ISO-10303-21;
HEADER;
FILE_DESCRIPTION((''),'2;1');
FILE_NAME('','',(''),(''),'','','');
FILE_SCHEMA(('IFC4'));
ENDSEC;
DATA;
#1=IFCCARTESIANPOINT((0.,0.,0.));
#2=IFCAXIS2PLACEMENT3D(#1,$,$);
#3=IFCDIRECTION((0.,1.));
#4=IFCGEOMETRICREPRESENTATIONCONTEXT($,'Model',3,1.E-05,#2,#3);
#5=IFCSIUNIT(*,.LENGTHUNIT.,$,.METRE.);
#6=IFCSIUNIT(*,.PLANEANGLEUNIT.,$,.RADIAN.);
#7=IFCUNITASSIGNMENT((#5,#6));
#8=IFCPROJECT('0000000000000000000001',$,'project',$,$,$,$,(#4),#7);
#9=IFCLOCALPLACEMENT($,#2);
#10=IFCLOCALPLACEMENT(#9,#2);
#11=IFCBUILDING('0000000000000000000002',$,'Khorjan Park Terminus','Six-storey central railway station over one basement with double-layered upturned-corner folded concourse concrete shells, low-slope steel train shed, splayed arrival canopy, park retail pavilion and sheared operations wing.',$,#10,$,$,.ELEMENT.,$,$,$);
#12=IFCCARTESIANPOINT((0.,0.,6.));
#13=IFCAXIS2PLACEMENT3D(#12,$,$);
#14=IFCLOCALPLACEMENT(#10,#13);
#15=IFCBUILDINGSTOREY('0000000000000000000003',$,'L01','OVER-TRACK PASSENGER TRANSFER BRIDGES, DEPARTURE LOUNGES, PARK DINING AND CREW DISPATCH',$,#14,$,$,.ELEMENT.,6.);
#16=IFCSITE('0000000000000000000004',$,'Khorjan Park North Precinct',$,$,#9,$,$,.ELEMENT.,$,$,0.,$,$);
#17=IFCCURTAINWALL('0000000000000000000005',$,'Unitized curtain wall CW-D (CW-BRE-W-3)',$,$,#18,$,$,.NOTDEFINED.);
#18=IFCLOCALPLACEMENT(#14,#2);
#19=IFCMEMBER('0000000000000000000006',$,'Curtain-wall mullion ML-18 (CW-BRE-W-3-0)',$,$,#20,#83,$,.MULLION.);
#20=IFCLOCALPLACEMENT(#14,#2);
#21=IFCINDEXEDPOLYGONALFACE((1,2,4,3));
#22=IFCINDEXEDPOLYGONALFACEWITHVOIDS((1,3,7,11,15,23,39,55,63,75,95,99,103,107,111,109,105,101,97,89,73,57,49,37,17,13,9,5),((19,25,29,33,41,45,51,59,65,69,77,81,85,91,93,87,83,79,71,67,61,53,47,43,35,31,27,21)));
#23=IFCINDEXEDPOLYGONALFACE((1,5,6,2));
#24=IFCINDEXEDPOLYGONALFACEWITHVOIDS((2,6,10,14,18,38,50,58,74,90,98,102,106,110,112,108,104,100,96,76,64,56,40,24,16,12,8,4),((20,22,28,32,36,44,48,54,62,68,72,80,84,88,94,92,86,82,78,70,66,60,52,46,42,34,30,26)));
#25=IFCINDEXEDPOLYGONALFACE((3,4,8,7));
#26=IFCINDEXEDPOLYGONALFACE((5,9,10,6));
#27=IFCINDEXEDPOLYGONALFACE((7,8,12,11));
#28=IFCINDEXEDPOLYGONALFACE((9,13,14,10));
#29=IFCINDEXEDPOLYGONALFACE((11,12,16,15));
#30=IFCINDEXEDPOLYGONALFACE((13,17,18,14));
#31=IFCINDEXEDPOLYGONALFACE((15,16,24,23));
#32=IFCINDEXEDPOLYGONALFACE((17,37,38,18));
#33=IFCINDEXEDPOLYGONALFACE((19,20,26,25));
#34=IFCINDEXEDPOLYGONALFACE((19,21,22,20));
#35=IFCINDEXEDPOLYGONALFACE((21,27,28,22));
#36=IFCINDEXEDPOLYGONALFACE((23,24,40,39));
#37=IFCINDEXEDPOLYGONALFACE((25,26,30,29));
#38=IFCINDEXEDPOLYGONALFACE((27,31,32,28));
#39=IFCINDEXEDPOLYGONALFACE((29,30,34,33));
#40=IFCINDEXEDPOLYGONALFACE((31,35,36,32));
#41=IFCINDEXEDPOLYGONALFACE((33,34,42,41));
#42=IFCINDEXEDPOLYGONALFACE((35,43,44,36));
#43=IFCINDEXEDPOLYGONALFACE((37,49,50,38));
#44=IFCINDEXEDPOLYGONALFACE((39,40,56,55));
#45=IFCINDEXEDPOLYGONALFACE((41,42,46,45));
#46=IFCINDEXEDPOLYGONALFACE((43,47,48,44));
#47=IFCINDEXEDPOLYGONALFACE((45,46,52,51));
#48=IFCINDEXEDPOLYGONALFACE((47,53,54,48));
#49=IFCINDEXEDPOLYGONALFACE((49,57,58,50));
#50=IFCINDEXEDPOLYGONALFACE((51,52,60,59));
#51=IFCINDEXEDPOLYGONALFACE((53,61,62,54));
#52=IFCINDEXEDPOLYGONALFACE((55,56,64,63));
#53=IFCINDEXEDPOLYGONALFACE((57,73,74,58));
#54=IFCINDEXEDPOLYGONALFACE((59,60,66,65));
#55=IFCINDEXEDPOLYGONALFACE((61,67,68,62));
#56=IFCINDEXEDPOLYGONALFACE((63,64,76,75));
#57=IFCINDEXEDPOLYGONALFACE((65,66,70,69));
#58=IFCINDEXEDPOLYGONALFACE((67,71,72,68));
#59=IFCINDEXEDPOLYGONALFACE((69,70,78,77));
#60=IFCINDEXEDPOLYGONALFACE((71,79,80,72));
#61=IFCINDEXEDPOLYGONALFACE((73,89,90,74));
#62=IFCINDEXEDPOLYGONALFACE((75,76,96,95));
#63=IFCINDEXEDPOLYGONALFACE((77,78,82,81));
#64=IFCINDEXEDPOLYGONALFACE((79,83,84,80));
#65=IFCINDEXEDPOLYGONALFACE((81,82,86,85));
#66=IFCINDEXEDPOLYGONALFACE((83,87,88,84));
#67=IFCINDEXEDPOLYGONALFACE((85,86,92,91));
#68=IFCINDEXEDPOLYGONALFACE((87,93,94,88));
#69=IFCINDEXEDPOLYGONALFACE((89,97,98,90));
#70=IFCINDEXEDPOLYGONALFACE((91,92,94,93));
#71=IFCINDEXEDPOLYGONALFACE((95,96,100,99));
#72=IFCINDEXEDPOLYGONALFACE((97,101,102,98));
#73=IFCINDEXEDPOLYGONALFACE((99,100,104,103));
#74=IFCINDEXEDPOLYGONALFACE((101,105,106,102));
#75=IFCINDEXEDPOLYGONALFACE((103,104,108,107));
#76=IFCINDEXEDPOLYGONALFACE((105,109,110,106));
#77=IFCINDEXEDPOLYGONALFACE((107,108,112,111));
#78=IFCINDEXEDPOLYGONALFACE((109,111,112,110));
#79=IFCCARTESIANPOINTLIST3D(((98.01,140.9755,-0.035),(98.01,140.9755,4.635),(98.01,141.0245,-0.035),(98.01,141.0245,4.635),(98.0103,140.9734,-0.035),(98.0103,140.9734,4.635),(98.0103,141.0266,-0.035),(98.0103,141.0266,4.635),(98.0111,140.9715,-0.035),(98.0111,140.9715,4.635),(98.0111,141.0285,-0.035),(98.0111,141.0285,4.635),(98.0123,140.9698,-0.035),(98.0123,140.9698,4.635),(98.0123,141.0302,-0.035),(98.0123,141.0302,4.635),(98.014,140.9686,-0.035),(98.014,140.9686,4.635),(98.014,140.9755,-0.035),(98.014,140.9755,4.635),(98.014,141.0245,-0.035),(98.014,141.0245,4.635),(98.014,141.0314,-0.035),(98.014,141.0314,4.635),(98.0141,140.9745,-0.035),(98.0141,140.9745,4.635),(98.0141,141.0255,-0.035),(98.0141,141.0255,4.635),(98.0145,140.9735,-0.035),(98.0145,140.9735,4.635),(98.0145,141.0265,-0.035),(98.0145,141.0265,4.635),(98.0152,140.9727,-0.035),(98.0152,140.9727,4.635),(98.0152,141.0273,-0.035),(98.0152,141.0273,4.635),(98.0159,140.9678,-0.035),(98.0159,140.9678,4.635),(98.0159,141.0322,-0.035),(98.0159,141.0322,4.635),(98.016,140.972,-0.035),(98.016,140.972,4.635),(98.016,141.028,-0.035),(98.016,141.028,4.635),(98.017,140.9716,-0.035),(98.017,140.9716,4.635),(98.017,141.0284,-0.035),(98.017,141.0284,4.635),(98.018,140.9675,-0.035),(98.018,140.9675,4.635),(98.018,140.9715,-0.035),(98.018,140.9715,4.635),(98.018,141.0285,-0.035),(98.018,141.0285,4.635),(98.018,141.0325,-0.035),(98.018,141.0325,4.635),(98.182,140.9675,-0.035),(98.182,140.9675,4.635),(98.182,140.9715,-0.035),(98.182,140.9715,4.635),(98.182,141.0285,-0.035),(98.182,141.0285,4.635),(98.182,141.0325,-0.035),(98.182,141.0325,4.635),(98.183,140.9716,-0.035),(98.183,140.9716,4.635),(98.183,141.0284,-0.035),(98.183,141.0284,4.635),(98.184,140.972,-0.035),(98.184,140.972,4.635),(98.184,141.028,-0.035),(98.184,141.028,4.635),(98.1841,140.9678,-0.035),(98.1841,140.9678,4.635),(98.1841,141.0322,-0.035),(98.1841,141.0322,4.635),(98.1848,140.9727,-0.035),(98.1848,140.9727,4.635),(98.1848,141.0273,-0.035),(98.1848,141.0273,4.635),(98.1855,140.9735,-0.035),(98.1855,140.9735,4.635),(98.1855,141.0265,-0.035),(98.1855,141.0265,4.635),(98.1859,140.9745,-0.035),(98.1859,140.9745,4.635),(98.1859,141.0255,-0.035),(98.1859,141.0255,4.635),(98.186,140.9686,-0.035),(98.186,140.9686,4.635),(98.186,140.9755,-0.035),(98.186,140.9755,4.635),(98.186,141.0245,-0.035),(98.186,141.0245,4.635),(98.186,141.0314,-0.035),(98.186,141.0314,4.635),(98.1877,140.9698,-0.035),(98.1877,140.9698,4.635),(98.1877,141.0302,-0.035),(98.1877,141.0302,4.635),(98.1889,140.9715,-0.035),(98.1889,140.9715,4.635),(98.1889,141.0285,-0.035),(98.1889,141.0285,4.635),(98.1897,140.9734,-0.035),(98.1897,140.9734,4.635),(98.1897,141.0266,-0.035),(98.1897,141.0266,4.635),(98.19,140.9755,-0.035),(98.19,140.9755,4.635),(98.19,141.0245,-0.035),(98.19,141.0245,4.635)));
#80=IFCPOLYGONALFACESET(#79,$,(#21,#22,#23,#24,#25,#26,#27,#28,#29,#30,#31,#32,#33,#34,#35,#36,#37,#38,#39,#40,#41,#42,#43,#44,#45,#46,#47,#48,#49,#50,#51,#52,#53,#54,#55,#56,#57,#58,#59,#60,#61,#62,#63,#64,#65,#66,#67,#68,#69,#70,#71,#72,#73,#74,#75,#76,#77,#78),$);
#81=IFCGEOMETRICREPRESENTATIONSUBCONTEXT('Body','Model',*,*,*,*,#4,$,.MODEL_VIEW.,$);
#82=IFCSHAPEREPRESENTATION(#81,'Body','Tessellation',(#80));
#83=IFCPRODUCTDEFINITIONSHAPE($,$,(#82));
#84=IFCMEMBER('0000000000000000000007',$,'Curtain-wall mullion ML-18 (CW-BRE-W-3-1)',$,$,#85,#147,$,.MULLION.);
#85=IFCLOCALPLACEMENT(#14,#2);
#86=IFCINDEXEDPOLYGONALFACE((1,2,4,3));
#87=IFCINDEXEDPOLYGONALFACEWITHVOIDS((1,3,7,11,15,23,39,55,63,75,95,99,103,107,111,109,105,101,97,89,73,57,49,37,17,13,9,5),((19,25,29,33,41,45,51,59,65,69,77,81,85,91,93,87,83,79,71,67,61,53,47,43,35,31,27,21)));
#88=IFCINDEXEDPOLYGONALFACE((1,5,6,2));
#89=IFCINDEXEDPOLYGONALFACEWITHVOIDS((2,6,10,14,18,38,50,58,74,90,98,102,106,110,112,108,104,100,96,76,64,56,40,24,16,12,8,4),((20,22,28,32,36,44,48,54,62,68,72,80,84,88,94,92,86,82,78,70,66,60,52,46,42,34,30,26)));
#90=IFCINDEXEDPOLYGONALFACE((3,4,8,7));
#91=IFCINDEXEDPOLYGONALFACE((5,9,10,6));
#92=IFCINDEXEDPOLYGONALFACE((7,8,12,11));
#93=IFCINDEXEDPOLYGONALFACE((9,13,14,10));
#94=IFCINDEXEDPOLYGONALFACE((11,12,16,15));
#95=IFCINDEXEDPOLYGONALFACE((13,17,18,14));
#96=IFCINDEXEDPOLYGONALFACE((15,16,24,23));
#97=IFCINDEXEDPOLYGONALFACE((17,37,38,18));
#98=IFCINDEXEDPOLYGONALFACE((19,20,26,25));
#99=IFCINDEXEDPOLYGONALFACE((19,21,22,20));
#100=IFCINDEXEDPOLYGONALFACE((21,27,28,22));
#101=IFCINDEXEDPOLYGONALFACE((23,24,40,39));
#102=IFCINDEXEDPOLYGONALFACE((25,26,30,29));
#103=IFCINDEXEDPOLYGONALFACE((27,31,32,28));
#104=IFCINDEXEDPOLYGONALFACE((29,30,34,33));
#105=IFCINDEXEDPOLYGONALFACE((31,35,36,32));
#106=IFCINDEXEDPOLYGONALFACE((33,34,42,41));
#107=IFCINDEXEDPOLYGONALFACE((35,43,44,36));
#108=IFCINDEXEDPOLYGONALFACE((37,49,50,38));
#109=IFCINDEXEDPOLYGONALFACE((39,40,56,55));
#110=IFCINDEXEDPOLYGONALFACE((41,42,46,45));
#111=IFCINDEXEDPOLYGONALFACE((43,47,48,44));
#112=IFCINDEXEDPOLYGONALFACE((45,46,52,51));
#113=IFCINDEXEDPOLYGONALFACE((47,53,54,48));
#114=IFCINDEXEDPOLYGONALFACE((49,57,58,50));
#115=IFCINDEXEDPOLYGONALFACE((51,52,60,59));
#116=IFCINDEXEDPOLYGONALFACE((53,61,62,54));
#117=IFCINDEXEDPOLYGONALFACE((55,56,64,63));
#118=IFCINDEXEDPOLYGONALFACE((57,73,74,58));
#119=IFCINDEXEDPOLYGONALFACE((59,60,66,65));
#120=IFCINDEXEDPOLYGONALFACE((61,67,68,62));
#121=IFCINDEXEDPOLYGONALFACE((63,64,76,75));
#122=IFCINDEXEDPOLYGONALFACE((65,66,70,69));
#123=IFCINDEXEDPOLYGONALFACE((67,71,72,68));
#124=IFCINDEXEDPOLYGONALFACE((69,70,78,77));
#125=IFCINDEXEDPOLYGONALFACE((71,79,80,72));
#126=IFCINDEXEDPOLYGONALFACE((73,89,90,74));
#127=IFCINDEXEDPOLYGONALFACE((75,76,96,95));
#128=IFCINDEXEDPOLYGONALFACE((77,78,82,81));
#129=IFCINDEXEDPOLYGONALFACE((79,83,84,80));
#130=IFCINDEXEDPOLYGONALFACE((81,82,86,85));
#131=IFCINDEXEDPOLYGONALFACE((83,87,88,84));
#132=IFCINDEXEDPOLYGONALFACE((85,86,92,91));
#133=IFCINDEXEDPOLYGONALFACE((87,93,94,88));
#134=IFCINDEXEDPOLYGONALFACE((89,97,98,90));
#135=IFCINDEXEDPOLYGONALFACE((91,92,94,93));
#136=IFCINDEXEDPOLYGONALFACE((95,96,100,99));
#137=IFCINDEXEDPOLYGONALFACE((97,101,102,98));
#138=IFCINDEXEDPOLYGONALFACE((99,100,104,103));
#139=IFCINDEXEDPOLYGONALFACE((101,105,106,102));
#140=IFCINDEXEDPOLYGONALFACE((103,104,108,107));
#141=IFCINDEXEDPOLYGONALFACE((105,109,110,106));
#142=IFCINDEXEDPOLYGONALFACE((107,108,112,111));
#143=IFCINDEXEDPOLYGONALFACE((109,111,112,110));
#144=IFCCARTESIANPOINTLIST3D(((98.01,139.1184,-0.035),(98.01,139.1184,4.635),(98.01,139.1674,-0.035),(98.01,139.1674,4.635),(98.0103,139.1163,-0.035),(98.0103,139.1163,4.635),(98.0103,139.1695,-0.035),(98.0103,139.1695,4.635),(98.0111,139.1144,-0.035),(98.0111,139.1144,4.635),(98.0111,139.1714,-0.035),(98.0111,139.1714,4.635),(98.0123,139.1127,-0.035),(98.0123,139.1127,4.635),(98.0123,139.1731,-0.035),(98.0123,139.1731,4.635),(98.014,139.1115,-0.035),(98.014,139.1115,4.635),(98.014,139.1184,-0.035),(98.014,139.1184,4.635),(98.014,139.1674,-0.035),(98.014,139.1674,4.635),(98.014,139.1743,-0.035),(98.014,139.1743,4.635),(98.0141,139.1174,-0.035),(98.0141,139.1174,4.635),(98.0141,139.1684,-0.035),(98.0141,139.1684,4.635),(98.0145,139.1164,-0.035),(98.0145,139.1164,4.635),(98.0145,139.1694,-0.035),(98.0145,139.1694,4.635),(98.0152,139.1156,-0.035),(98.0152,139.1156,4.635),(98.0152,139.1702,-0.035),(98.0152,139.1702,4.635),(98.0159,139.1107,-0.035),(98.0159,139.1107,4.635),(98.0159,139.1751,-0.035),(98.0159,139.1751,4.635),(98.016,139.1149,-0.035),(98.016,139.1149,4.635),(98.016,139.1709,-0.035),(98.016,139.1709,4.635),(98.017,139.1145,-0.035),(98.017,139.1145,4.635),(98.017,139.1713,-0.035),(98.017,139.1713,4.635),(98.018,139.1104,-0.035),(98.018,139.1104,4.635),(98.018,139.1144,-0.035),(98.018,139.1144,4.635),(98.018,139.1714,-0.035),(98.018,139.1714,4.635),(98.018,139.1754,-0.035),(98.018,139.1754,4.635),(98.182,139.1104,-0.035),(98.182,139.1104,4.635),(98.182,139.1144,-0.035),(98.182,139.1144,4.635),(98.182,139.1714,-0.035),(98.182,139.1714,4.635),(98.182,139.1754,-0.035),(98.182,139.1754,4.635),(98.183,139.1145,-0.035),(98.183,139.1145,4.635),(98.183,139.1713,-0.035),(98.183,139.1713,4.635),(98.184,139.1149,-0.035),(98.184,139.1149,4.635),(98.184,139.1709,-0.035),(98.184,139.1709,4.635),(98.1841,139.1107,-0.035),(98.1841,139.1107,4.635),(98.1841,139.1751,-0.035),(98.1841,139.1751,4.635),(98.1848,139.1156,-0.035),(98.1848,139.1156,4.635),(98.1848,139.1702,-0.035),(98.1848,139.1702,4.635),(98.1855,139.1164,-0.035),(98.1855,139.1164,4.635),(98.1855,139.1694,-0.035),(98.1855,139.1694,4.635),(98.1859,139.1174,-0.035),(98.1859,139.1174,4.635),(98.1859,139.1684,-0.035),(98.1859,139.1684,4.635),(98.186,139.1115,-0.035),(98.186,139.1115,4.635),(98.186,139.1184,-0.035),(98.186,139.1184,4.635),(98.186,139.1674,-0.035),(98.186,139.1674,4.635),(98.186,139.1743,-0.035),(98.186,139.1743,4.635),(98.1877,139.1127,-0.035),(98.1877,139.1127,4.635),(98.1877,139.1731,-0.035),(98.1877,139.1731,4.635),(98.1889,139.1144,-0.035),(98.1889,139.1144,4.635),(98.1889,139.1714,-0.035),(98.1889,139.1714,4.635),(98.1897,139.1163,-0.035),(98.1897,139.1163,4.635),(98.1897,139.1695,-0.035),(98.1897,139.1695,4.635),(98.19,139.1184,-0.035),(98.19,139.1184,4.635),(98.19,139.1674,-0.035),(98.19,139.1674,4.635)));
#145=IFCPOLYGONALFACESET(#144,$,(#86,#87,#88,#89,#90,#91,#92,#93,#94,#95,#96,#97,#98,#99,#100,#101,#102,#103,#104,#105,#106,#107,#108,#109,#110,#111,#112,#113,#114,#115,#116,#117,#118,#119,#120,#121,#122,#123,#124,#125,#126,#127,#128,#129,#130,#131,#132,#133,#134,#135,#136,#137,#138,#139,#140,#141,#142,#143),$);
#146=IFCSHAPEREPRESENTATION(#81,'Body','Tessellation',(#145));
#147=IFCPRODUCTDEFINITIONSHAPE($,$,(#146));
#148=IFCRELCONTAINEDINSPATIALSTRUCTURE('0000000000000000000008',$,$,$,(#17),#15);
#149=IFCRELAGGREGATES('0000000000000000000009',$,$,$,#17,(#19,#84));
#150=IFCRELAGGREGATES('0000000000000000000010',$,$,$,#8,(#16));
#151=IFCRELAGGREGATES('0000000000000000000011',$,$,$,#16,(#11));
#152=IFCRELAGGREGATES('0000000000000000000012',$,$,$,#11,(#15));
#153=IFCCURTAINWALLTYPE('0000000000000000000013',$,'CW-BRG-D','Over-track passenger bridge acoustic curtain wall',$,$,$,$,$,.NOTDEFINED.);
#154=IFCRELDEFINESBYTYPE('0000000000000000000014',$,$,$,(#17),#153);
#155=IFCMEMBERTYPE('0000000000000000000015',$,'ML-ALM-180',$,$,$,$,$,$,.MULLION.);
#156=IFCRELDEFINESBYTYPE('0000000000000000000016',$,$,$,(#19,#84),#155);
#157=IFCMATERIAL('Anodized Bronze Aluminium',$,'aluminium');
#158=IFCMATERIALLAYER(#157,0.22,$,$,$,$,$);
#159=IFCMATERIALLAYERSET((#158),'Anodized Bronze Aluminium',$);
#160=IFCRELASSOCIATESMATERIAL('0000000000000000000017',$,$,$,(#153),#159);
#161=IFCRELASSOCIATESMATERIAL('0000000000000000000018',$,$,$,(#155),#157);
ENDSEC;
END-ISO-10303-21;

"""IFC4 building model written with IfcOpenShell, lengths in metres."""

from ifc_helpers import new_model, si_unit, direction, frame, origin, origin_2d, place, context, subcontext, project, spatial, hollow_rectangle, extrude, material, layer, layer_set, material_profile, profile_set, type_object, element, aggregate, save


model = new_model("IFC4")

# Units and contexts
model_context = context("Model", 3, precision=1e-05, world=origin(), true_north=direction((0.0, 1.0)))
body_context = subcontext(model_context, "Body", "Model", "MODEL_VIEW")
ifc_project = project(units=[si_unit("LENGTHUNIT", "METRE"), si_unit("PLANEANGLEUNIT", "RADIAN")], contexts=[model_context])

# Site, building, storey
site_placement = place(None, origin())
site = spatial("IfcSite", under=ifc_project, at=site_placement, Name="Khorjan Park North Precinct", CompositionType="ELEMENT", RefElevation=0.0)
building_placement = place(site_placement, origin())
building = spatial("IfcBuilding", under=site, at=building_placement, Name="Khorjan Park Terminus", Description="Six-storey central railway station over one basement with double-layered upturned-corner folded concourse concrete shells, low-slope steel train shed, splayed arrival canopy, park retail pavilion and sheared operations wing.", CompositionType="ELEMENT")
storey_placement = place(building_placement, frame((0.0, 0.0, 6.0)))
storey = spatial("IfcBuildingStorey", under=building, at=storey_placement, Name="L01", Description="OVER-TRACK PASSENGER TRANSFER BRIDGES, DEPARTURE LOUNGES, PARK DINING AND CREW DISPATCH", CompositionType="ELEMENT", Elevation=6.0)

# Curtain wall, members
ifc_material_1 = material(Name="Anodized Bronze Aluminium", Category="aluminium")
ifc_layer_1 = layer(ifc_material_1, 0.22)
ifc_layer_set_1 = layer_set([ifc_layer_1], Name="Anodized Bronze Aluminium")
curtain_wall_type = type_object("IfcCurtainWallType", Name="CW-BRG-D", Description="Over-track passenger bridge acoustic curtain wall", PredefinedType="NOTDEFINED", material=ifc_layer_set_1)
curtain_wall_1_placement = place(storey_placement, origin())
curtain_wall_1 = element("IfcCurtainWall", 1, at=curtain_wall_1_placement, inside=storey, type_object=curtain_wall_type, Name="Unitized curtain wall CW-D (CW-BRE-W-3)", PredefinedType="NOTDEFINED")
ifc_material_profile_1 = material_profile(ifc_material_1, hollow_rectangle(XDim=0.065, YDim=0.18, WallThickness=0.004, InnerFilletRadius=0.004, OuterFilletRadius=0.008, at=origin_2d()), Name="ALM 65x180x4")
ifc_profile_set_1 = profile_set([ifc_material_profile_1], Name="Anodized Bronze Aluminium")
member_type_1 = type_object("IfcMemberType", Name="ML-ALM-180", PredefinedType="MULLION", material=ifc_profile_set_1)
member_1_placement = place(storey_placement, frame((98.1, 141.0, -0.035), z_axis=(0.0, 0.0, 1.0), x_axis=(0.0, -1.0, 0.0)))
member_1 = element("IfcMember", 2, at=member_1_placement, type_object=member_type_1, Name="Curtain-wall mullion ML-18 (CW-BRE-W-3-0)", PredefinedType="MULLION", context=body_context, shape_type="SweptSolid", body=[
    extrude(hollow_rectangle(XDim=0.065, YDim=0.18, WallThickness=0.004, InnerFilletRadius=0.004, OuterFilletRadius=0.008, at=origin_2d()), origin(), (0.0, 0.0, 1.0), 4.67),
])
member_2_placement = place(storey_placement, frame((98.1, 139.1429, -0.035), z_axis=(0.0, 0.0, 1.0), x_axis=(0.0, -1.0, 0.0)))
member_2 = element("IfcMember", 3, at=member_2_placement, type_object=member_type_1, Name="Curtain-wall mullion ML-18 (CW-BRE-W-3-1)", PredefinedType="MULLION", context=body_context, shape_type="SweptSolid", body=[
    extrude(hollow_rectangle(XDim=0.065, YDim=0.18, WallThickness=0.004, InnerFilletRadius=0.004, OuterFilletRadius=0.008, at=origin_2d()), origin(), (0.0, 0.0, 1.0), 4.67),
])

aggregate(curtain_wall_1, [member_1, member_2])

save(model, "model.ifc")
